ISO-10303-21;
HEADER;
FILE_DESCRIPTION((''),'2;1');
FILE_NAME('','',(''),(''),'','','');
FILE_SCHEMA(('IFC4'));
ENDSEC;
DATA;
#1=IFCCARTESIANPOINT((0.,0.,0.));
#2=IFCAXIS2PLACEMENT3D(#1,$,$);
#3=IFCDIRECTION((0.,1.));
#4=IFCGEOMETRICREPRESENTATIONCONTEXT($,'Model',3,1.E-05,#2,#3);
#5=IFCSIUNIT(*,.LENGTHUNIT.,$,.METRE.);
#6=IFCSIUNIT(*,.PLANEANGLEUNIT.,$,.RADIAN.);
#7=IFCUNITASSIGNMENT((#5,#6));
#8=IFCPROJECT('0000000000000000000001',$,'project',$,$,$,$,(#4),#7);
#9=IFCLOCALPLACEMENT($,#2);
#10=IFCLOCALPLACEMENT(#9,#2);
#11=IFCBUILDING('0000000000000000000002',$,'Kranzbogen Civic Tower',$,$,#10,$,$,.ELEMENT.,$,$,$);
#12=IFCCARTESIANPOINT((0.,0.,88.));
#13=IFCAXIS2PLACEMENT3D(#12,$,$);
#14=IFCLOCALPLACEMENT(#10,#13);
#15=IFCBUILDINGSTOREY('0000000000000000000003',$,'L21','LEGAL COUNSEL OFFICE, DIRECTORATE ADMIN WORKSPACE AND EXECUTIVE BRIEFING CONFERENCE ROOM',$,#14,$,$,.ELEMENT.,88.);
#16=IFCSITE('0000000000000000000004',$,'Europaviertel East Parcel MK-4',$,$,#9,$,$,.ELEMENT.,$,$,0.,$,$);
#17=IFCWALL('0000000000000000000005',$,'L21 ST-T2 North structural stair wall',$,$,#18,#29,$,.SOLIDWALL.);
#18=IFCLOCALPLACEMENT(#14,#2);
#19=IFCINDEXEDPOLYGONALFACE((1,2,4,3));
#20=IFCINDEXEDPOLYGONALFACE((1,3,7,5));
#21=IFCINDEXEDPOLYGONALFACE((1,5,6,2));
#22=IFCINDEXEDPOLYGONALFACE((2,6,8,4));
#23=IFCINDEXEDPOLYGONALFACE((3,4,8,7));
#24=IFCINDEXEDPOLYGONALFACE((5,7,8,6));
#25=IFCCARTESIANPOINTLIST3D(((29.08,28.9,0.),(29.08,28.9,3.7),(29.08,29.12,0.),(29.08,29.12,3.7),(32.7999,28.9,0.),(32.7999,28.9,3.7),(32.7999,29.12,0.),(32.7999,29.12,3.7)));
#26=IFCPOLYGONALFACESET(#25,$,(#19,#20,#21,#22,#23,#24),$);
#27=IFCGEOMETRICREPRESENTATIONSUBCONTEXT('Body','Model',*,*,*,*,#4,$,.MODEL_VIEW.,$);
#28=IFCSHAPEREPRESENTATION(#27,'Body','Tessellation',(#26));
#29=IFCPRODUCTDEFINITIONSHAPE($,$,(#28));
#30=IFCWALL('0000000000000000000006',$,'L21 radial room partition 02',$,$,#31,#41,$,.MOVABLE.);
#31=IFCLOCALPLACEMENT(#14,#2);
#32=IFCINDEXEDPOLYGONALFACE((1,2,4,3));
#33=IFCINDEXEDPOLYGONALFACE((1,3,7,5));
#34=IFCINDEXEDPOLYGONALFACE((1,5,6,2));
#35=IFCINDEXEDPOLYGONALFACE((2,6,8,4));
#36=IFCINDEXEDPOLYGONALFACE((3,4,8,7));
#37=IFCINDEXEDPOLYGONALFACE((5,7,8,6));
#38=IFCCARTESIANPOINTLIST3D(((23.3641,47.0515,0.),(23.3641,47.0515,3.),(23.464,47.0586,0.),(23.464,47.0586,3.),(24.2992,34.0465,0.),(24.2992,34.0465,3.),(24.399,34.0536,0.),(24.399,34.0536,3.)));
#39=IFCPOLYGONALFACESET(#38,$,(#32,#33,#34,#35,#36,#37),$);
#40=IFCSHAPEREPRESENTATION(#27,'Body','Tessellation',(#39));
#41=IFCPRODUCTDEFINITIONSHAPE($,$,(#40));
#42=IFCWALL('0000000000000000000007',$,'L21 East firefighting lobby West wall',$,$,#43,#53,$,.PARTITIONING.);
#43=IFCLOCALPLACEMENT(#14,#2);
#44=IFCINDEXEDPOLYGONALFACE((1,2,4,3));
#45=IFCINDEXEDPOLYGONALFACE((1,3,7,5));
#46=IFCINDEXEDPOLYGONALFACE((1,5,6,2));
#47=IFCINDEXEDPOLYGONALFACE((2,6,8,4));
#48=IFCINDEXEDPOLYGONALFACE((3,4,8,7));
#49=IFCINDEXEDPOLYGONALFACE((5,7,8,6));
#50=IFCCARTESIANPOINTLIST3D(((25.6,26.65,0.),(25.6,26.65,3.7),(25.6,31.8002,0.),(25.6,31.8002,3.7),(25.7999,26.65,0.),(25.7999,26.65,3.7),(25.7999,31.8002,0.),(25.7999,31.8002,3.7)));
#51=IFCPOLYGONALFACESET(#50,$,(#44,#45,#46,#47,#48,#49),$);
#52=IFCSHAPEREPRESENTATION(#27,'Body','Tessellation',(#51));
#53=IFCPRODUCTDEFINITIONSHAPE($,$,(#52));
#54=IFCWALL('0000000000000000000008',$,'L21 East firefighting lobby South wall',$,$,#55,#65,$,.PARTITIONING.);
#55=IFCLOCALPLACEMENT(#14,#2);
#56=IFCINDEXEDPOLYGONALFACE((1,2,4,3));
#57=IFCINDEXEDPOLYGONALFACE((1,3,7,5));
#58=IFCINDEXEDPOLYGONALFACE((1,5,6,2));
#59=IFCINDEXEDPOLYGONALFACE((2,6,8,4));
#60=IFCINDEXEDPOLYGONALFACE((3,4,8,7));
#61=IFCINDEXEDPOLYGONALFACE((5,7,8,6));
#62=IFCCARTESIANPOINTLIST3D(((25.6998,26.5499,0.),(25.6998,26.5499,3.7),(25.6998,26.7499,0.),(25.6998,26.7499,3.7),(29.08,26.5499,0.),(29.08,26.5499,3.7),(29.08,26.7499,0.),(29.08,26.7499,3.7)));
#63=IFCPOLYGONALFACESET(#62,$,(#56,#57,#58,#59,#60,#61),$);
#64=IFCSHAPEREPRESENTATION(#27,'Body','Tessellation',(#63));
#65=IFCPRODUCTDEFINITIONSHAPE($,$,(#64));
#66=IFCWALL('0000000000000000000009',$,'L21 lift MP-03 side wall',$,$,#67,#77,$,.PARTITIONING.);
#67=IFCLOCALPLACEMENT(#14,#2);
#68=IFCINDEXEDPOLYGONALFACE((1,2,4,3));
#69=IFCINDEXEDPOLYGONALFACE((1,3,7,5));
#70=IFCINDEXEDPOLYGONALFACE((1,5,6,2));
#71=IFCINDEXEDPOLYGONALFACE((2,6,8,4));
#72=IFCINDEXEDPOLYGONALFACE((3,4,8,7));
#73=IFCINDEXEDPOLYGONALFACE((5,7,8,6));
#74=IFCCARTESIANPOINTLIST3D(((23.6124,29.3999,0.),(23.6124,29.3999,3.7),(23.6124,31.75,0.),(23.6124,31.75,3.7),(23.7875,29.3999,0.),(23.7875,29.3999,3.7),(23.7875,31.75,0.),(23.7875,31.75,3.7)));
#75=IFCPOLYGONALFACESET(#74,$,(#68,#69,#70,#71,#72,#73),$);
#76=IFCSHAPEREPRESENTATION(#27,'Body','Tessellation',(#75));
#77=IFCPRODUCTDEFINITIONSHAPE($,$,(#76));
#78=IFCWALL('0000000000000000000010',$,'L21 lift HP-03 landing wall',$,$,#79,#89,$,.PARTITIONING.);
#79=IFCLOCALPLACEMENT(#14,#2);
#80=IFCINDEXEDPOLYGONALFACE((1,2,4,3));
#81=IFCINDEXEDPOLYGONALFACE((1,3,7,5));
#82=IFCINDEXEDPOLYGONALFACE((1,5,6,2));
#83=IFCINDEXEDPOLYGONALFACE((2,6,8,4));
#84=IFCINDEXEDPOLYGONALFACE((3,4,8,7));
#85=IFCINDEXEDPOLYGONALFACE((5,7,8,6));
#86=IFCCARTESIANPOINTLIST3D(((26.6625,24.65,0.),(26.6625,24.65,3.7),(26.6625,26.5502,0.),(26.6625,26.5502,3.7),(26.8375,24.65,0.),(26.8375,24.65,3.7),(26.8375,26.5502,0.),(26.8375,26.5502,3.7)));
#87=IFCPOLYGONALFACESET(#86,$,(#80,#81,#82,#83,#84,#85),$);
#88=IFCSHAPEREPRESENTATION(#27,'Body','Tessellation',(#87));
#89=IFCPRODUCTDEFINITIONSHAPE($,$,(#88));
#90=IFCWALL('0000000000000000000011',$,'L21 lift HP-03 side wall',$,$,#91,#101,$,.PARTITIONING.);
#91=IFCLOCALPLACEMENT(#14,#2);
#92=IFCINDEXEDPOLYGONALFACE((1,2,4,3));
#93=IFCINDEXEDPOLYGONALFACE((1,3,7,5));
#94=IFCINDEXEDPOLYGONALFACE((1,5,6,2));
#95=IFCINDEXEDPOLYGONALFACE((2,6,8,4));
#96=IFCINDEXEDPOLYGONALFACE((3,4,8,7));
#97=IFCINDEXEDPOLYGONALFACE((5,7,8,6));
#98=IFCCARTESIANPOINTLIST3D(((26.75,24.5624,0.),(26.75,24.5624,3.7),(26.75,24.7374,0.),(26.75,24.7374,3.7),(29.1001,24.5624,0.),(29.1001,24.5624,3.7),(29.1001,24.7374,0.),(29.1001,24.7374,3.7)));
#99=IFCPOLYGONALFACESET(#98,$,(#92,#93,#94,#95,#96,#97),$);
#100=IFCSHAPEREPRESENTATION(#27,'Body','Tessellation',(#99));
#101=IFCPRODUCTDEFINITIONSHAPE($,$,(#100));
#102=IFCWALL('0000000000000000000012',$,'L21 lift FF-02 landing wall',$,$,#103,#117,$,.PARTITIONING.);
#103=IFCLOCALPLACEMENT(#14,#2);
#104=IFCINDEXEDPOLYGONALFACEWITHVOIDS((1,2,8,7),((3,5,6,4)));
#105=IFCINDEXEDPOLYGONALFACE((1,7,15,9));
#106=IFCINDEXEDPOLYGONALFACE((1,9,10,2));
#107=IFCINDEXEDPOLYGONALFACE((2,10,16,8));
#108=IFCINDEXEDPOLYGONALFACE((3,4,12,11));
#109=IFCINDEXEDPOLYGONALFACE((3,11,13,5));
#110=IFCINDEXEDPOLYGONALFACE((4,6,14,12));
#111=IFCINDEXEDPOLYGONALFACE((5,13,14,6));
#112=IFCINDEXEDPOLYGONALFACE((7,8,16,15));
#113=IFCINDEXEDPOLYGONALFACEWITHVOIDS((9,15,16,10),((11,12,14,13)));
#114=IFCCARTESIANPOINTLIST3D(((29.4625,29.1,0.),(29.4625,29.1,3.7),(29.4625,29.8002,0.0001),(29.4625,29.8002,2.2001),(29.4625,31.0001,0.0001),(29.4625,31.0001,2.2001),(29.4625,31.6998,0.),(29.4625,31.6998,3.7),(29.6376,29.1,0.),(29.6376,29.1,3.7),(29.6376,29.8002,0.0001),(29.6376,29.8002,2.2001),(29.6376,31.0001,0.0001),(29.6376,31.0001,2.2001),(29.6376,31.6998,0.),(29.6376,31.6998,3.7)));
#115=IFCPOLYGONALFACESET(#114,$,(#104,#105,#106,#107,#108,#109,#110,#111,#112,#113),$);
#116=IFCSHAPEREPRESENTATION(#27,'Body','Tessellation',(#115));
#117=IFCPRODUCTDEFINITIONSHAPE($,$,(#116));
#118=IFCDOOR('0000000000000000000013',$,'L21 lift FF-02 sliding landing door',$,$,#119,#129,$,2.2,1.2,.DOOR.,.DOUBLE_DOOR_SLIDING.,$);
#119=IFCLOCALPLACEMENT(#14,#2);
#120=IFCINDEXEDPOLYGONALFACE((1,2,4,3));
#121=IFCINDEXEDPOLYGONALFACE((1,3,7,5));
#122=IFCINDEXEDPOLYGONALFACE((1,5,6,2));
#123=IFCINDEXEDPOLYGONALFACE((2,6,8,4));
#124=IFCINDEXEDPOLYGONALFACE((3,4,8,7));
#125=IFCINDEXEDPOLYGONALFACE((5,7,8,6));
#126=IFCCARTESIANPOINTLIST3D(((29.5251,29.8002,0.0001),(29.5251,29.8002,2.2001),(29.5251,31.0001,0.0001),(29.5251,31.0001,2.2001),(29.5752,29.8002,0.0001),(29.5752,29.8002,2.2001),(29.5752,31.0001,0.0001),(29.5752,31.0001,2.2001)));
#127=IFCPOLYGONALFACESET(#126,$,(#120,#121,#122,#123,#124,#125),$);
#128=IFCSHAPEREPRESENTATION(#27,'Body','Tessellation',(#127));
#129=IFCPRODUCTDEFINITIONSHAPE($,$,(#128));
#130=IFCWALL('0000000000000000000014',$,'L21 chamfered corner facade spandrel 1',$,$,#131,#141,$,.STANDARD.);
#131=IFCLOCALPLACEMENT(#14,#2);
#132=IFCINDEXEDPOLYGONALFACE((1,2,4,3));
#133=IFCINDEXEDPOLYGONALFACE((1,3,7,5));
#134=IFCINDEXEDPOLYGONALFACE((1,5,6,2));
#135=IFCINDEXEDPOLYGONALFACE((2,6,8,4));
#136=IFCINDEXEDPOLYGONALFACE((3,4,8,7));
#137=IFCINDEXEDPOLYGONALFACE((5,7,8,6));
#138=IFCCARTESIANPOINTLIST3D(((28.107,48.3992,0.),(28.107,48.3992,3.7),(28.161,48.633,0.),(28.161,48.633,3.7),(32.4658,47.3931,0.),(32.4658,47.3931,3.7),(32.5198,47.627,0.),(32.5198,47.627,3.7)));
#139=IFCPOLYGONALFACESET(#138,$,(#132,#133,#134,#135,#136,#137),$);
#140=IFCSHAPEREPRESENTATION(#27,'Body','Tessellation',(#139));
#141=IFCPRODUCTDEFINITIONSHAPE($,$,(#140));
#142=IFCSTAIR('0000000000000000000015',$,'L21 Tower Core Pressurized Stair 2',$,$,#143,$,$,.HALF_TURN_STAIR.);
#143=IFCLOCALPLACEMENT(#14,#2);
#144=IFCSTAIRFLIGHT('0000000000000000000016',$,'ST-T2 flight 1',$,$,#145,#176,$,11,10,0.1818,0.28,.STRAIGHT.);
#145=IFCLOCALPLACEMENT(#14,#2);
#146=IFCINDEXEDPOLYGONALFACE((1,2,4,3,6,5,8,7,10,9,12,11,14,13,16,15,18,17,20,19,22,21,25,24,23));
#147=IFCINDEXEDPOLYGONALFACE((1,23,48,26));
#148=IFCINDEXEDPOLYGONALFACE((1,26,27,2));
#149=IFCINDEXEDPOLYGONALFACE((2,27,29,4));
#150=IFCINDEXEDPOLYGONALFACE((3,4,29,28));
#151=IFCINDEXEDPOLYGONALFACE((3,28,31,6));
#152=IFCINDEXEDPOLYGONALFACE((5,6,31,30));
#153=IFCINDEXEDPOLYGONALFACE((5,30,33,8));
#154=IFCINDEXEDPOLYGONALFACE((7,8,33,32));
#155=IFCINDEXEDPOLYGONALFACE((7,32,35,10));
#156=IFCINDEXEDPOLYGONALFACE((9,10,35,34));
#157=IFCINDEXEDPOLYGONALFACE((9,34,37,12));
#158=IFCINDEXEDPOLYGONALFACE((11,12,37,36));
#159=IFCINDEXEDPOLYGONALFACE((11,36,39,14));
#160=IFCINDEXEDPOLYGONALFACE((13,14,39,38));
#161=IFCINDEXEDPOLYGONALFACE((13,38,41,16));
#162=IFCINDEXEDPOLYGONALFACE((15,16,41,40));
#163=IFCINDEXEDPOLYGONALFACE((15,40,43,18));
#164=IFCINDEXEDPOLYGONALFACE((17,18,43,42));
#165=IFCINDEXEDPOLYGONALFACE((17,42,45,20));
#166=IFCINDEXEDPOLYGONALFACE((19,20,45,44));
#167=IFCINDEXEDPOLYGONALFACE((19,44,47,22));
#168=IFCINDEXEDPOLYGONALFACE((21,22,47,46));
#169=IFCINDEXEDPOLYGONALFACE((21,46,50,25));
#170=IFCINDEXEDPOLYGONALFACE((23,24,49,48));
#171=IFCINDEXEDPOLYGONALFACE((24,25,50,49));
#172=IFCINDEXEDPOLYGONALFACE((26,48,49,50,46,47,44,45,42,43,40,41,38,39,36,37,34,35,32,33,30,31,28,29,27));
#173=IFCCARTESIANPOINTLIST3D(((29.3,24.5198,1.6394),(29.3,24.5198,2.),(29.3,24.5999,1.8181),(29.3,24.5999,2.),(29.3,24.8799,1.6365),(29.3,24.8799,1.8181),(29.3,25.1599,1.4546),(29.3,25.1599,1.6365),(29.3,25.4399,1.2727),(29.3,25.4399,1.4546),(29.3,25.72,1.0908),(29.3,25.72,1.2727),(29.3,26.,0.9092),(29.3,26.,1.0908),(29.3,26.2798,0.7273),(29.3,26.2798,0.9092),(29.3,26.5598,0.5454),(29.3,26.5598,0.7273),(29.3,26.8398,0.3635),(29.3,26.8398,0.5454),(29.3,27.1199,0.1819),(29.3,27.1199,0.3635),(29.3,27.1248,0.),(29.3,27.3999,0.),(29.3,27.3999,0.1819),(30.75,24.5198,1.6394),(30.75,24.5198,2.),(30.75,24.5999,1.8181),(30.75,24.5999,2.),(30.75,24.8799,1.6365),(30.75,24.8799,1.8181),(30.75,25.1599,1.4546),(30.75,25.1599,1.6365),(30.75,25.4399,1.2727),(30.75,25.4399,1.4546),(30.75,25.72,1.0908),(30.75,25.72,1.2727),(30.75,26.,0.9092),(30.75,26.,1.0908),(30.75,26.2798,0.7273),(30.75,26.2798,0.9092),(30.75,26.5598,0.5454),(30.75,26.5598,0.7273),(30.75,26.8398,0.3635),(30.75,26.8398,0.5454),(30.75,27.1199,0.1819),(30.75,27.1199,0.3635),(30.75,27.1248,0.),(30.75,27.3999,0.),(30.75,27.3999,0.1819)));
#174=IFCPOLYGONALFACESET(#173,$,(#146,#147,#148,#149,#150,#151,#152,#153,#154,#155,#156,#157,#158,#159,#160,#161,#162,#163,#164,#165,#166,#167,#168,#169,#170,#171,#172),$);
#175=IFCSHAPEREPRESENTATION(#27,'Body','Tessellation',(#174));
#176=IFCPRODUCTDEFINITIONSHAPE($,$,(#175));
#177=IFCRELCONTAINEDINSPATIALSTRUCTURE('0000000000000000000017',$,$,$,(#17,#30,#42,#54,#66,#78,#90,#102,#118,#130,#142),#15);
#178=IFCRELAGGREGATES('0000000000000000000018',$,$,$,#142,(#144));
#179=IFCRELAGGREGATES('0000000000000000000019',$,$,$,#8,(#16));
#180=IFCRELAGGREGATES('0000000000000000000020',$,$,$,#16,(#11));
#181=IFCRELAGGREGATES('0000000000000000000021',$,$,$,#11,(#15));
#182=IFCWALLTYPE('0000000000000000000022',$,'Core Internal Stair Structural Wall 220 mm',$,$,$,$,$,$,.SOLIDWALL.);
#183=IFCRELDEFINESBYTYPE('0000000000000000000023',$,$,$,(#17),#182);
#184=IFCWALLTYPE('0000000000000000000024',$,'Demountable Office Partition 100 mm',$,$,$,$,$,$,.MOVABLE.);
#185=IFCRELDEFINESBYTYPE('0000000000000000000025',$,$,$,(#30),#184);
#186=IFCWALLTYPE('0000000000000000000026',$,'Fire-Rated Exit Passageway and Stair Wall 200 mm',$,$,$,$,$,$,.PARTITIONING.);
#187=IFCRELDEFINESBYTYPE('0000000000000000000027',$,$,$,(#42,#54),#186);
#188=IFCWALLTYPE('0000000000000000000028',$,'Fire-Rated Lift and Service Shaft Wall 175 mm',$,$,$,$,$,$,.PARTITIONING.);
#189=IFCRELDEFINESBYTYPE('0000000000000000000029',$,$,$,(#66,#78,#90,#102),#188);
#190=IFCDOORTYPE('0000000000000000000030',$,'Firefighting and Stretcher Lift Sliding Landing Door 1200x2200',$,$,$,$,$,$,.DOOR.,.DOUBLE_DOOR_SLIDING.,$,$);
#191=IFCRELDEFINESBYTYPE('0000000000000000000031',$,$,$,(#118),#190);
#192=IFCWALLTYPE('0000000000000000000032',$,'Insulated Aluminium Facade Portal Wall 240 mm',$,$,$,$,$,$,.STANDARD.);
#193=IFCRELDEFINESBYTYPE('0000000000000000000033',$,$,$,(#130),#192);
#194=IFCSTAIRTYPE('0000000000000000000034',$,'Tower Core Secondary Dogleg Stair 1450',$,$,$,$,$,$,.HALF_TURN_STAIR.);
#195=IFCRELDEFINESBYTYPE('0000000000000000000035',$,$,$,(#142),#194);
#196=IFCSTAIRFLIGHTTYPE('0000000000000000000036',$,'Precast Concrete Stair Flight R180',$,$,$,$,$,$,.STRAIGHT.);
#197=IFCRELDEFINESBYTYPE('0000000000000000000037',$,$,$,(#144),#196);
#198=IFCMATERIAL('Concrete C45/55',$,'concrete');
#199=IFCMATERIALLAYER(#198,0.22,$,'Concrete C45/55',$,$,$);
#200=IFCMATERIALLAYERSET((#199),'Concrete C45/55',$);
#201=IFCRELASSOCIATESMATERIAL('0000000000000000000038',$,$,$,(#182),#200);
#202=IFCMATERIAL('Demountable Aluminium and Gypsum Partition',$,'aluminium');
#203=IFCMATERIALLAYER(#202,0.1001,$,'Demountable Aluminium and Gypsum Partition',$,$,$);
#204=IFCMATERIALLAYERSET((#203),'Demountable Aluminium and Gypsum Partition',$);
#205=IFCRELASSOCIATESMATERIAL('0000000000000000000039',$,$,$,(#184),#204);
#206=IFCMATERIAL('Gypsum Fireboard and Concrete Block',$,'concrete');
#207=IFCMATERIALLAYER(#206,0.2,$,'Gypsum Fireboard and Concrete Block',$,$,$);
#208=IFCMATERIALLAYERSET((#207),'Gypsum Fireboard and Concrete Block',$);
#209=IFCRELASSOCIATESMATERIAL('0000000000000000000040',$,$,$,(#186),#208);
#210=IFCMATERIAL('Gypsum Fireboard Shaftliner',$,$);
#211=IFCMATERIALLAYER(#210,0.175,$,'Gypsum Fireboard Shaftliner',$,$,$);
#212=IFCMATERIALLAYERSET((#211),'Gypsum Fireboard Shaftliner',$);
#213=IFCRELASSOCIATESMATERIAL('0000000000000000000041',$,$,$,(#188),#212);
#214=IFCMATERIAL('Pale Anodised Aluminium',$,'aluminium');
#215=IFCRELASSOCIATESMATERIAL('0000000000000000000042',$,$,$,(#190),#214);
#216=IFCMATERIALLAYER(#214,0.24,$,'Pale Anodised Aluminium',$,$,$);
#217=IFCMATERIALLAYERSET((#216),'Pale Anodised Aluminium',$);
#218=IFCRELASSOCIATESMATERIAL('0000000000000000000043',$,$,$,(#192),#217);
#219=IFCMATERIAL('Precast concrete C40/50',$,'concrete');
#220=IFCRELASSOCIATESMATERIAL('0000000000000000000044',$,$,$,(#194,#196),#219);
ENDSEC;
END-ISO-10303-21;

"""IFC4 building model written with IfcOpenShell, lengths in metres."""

from ifc_helpers import new_model, si_unit, direction, frame, frame_2d, origin, place, context, subcontext, project, spatial, polyline, rectangle, outline, extrude, material, layer, layer_set, type_object, element, fill, aggregate, save


model = new_model("IFC4")

# Units and contexts
model_context = context("Model", 3, precision=1e-05, world=origin(), true_north=direction((0.0, 1.0)))
body_context = subcontext(model_context, "Body", "Model", "MODEL_VIEW")
ifc_project = project(units=[si_unit("LENGTHUNIT", "METRE"), si_unit("PLANEANGLEUNIT", "RADIAN")], contexts=[model_context])

# Site, building, storey
site_placement = place(None, origin())
site = spatial("IfcSite", under=ifc_project, at=site_placement, Name="Europaviertel East Parcel MK-4", CompositionType="ELEMENT", RefElevation=0.0)
building_placement = place(site_placement, origin())
building = spatial("IfcBuilding", under=site, at=building_placement, Name="Kranzbogen Civic Tower", CompositionType="ELEMENT")
storey_placement = place(building_placement, frame((0.0, 0.0, 88.0)))
storey = spatial("IfcBuildingStorey", under=building, at=storey_placement, Name="L21", Description="LEGAL COUNSEL OFFICE, DIRECTORATE ADMIN WORKSPACE AND EXECUTIVE BRIEFING CONFERENCE ROOM", CompositionType="ELEMENT", Elevation=88.0)

# Shared definitions
ifc_material_1 = material(Name="Pale Anodised Aluminium", Category="aluminium")

# Walls
ifc_material_2 = material(Name="Concrete C45/55", Category="concrete")
ifc_layer_1 = layer(ifc_material_2, 0.22, Name="Concrete C45/55")
ifc_layer_set_1 = layer_set([ifc_layer_1], Name="Concrete C45/55")
wall_type_1 = type_object("IfcWallType", Name="Core Internal Stair Structural Wall 220 mm", PredefinedType="SOLIDWALL", material=ifc_layer_set_1)
wall_1_placement = place(storey_placement, frame((29.0801, 29.01, 0.0), z_axis=(0.0, 0.0, 1.0), x_axis=(1.0, 0.0, 0.0)))
element("IfcWall", 1, at=wall_1_placement, inside=storey, type_object=wall_type_1, Name="L21 ST-T2 North structural stair wall", PredefinedType="SOLIDWALL", context=body_context, shape_type="SweptSolid", body=[
    extrude(rectangle(XDim=3.72, YDim=0.22, at=frame_2d((1.8599, 0.0))), origin(), (0.0, 0.0, 1.0), 3.7),
])
ifc_material_3 = material(Name="Demountable Aluminium and Gypsum Partition", Category="aluminium")
ifc_layer_2 = layer(ifc_material_3, 0.1001, Name="Demountable Aluminium and Gypsum Partition")
ifc_layer_set_2 = layer_set([ifc_layer_2], Name="Demountable Aluminium and Gypsum Partition")
wall_type_2 = type_object("IfcWallType", Name="Demountable Office Partition 100 mm", PredefinedType="MOVABLE", material=ifc_layer_set_2)
wall_2_placement = place(storey_placement, frame((24.3491, 34.05, 0.0), z_axis=(0.0, 0.0, 1.0), x_axis=(-0.071715, 0.997425, 0.0)))
element("IfcWall", 2, at=wall_2_placement, inside=storey, type_object=wall_type_2, Name="L21 radial room partition 02", PredefinedType="MOVABLE", context=body_context, shape_type="SweptSolid", body=[
    extrude(rectangle(XDim=13.0386, YDim=0.1001, at=frame_2d((6.5193, 0.0))), origin(), (0.0, 0.0, 1.0), 3.0),
])
ifc_material_4 = material(Name="Gypsum Fireboard and Concrete Block", Category="concrete")
ifc_layer_3 = layer(ifc_material_4, 0.2, Name="Gypsum Fireboard and Concrete Block")
ifc_layer_set_3 = layer_set([ifc_layer_3], Name="Gypsum Fireboard and Concrete Block")
wall_type_3 = type_object("IfcWallType", Name="Fire-Rated Exit Passageway and Stair Wall 200 mm", PredefinedType="PARTITIONING", material=ifc_layer_set_3)
wall_3_placement = place(storey_placement, frame((25.7, 26.6499, 0.0), z_axis=(0.0, 0.0, 1.0), x_axis=(0.0, 1.0, 0.0)))
element("IfcWall", 3, at=wall_3_placement, inside=storey, type_object=wall_type_3, Name="L21 East firefighting lobby West wall", PredefinedType="PARTITIONING", context=body_context, shape_type="SweptSolid", body=[
    extrude(rectangle(XDim=5.1501, YDim=0.2, at=frame_2d((2.5752, 0.0))), origin(), (0.0, 0.0, 1.0), 3.7),
])
wall_4_placement = place(storey_placement, frame((25.7, 26.6499, 0.0), z_axis=(0.0, 0.0, 1.0), x_axis=(1.0, 0.0, 0.0)))
element("IfcWall", 4, at=wall_4_placement, inside=storey, type_object=wall_type_3, Name="L21 East firefighting lobby South wall", PredefinedType="PARTITIONING", context=body_context, shape_type="SweptSolid", body=[
    extrude(rectangle(XDim=3.3801, YDim=0.2, at=frame_2d((1.6899, 0.0))), origin(), (0.0, 0.0, 1.0), 3.7),
])
ifc_material_5 = material(Name="Gypsum Fireboard Shaftliner")
ifc_layer_4 = layer(ifc_material_5, 0.175, Name="Gypsum Fireboard Shaftliner")
ifc_layer_set_4 = layer_set([ifc_layer_4], Name="Gypsum Fireboard Shaftliner")
wall_type_4 = type_object("IfcWallType", Name="Fire-Rated Lift and Service Shaft Wall 175 mm", PredefinedType="PARTITIONING", material=ifc_layer_set_4)
wall_5_placement = place(storey_placement, frame((23.7, 29.3999, 0.0), z_axis=(0.0, 0.0, 1.0), x_axis=(0.0, 1.0, 0.0)))
element("IfcWall", 5, at=wall_5_placement, inside=storey, type_object=wall_type_4, Name="L21 lift MP-03 side wall", PredefinedType="PARTITIONING", context=body_context, shape_type="SweptSolid", body=[
    extrude(rectangle(XDim=2.3501, YDim=0.175, at=frame_2d((1.175, 0.0))), origin(), (0.0, 0.0, 1.0), 3.7),
])
wall_6_placement = place(storey_placement, frame((26.75, 24.6499, 0.0), z_axis=(0.0, 0.0, 1.0), x_axis=(0.0, 1.0, 0.0)))
element("IfcWall", 6, at=wall_6_placement, inside=storey, type_object=wall_type_4, Name="L21 lift HP-03 landing wall", PredefinedType="PARTITIONING", context=body_context, shape_type="SweptSolid", body=[
    extrude(rectangle(XDim=1.9001, YDim=0.175, at=frame_2d((0.9502, 0.0))), origin(), (0.0, 0.0, 1.0), 3.7),
])
wall_7_placement = place(storey_placement, frame((26.75, 24.6499, 0.0), z_axis=(0.0, 0.0, 1.0), x_axis=(1.0, 0.0, 0.0)))
element("IfcWall", 7, at=wall_7_placement, inside=storey, type_object=wall_type_4, Name="L21 lift HP-03 side wall", PredefinedType="PARTITIONING", context=body_context, shape_type="SweptSolid", body=[
    extrude(rectangle(XDim=2.3501, YDim=0.175, at=frame_2d((1.175, 0.0))), origin(), (0.0, 0.0, 1.0), 3.7),
])

# Wall, opening, door
wall_8_placement = place(storey_placement, frame((29.55, 29.1001, 0.0), z_axis=(0.0, 0.0, 1.0), x_axis=(0.0, 1.0, 0.0)))
wall_8 = element("IfcWall", 8, at=wall_8_placement, inside=storey, type_object=wall_type_4, Name="L21 lift FF-02 landing wall", PredefinedType="PARTITIONING", context=body_context, shape_type="SweptSolid", body=[
    extrude(rectangle(XDim=2.5999, YDim=0.175, at=frame_2d((1.2998, 0.0))), origin(), (0.0, 0.0, 1.0), 3.7),
])
opening_placement = place(wall_8_placement, frame((0.7, 0.0, 0.0)))
opening = element("IfcOpeningElement", 9, at=opening_placement, cuts=wall_8, PredefinedType="OPENING", context=body_context, shape_type="SweptSolid", body=[
    extrude(rectangle(XDim=1.2, YDim=2.2, at=frame_2d((0.6001, 1.1001))), frame((0.0, 0.0977, 0.0), z_axis=(0.0, -1.0, 0.0), x_axis=(1.0, 0.0, 0.0)), (0.0, 0.0, 1.0), 0.1951),
])
door_type = type_object("IfcDoorType", Name="Firefighting and Stretcher Lift Sliding Landing Door 1200x2200", OperationType="DOUBLE_DOOR_SLIDING", PredefinedType="DOOR", material=ifc_material_1)
door_placement = place(opening_placement, origin())
door = element("IfcDoor", 10, at=door_placement, inside=storey, type_object=door_type, Name="L21 lift FF-02 sliding landing door", OperationType="DOUBLE_DOOR_SLIDING", OverallHeight=2.2, OverallWidth=1.2, PredefinedType="DOOR", context=body_context, shape_type="SweptSolid", body=[
    extrude(rectangle(XDim=1.2, YDim=2.2, at=frame_2d((0.6001, 1.1001))), frame((0.0, 0.0249, 0.0), z_axis=(0.0, -1.0, 0.0), x_axis=(1.0, 0.0, 0.0)), (0.0, 0.0, 1.0), 0.05),
])
fill(opening, door)

# Wall
ifc_layer_5 = layer(ifc_material_1, 0.24, Name="Pale Anodised Aluminium")
ifc_layer_set_5 = layer_set([ifc_layer_5], Name="Pale Anodised Aluminium")
wall_type_5 = type_object("IfcWallType", Name="Insulated Aluminium Facade Portal Wall 240 mm", PredefinedType="STANDARD", material=ifc_layer_set_5)
wall_9_placement = place(storey_placement, frame((32.4929, 47.51, 0.0), z_axis=(0.0, 0.0, 1.0), x_axis=(-0.974381, 0.224903, 0.0)))
element("IfcWall", 11, at=wall_9_placement, inside=storey, type_object=wall_type_5, Name="L21 chamfered corner facade spandrel 1", PredefinedType="STANDARD", context=body_context, shape_type="SweptSolid", body=[
    extrude(rectangle(XDim=4.4734, YDim=0.24, at=frame_2d((2.2368, 0.0))), origin(), (0.0, 0.0, 1.0), 3.7),
])

# Stair, stair flight
ifc_material_6 = material(Name="Precast concrete C40/50", Category="concrete")
stair_type = type_object("IfcStairType", Name="Tower Core Secondary Dogleg Stair 1450", PredefinedType="HALF_TURN_STAIR", material=ifc_material_6)
stair_placement = place(storey_placement, origin())
stair = element("IfcStair", 12, at=stair_placement, inside=storey, type_object=stair_type, Name="L21 Tower Core Pressurized Stair 2", PredefinedType="HALF_TURN_STAIR")
stair_flight_type = type_object("IfcStairFlightType", Name="Precast Concrete Stair Flight R180", PredefinedType="STRAIGHT", material=ifc_material_6)
stair_flight_1_placement = place(storey_placement, frame((30.0249, 27.3999, 0.0), z_axis=(0.0, 0.0, 1.0), x_axis=(0.0, -1.0, 0.0)))
stair_flight_1 = element("IfcStairFlight", 13, at=stair_flight_1_placement, type_object=stair_flight_type, Name="ST-T2 flight 1", NumberOfRisers=11, NumberOfTreads=10, PredefinedType="STRAIGHT", RiserHeight=0.1818, TreadLength=0.28, context=body_context, shape_type="SweptSolid", body=[
    extrude(outline(polyline([(0.0, 0.0), (0.0, 0.1819), (0.28, 0.1819), (0.28, 0.3635), (0.5601, 0.3635), (0.5601, 0.5454), (0.8401, 0.5454), (0.8401, 0.7273), (1.1201, 0.7273), (1.1201, 0.9092), (1.3999, 0.9092), (1.3999, 1.0908), (1.6799, 1.0908), (1.6799, 1.2727), (1.96, 1.2727), (1.96, 1.4546), (2.24, 1.4546), (2.24, 1.6365), (2.52, 1.6365), (2.52, 1.8181), (2.8, 1.8181), (2.8, 2.0), (2.8801, 2.0), (2.8801, 1.6394), (0.2751, 0.0), (0.0, 0.0)])), frame((0.0, 0.7251, 0.0), z_axis=(0.0, -1.0, 0.0), x_axis=(1.0, 0.0, 0.0)), (0.0, 0.0, 1.0), 1.45),
])
aggregate(stair, [stair_flight_1])

save(model, "model.ifc")
